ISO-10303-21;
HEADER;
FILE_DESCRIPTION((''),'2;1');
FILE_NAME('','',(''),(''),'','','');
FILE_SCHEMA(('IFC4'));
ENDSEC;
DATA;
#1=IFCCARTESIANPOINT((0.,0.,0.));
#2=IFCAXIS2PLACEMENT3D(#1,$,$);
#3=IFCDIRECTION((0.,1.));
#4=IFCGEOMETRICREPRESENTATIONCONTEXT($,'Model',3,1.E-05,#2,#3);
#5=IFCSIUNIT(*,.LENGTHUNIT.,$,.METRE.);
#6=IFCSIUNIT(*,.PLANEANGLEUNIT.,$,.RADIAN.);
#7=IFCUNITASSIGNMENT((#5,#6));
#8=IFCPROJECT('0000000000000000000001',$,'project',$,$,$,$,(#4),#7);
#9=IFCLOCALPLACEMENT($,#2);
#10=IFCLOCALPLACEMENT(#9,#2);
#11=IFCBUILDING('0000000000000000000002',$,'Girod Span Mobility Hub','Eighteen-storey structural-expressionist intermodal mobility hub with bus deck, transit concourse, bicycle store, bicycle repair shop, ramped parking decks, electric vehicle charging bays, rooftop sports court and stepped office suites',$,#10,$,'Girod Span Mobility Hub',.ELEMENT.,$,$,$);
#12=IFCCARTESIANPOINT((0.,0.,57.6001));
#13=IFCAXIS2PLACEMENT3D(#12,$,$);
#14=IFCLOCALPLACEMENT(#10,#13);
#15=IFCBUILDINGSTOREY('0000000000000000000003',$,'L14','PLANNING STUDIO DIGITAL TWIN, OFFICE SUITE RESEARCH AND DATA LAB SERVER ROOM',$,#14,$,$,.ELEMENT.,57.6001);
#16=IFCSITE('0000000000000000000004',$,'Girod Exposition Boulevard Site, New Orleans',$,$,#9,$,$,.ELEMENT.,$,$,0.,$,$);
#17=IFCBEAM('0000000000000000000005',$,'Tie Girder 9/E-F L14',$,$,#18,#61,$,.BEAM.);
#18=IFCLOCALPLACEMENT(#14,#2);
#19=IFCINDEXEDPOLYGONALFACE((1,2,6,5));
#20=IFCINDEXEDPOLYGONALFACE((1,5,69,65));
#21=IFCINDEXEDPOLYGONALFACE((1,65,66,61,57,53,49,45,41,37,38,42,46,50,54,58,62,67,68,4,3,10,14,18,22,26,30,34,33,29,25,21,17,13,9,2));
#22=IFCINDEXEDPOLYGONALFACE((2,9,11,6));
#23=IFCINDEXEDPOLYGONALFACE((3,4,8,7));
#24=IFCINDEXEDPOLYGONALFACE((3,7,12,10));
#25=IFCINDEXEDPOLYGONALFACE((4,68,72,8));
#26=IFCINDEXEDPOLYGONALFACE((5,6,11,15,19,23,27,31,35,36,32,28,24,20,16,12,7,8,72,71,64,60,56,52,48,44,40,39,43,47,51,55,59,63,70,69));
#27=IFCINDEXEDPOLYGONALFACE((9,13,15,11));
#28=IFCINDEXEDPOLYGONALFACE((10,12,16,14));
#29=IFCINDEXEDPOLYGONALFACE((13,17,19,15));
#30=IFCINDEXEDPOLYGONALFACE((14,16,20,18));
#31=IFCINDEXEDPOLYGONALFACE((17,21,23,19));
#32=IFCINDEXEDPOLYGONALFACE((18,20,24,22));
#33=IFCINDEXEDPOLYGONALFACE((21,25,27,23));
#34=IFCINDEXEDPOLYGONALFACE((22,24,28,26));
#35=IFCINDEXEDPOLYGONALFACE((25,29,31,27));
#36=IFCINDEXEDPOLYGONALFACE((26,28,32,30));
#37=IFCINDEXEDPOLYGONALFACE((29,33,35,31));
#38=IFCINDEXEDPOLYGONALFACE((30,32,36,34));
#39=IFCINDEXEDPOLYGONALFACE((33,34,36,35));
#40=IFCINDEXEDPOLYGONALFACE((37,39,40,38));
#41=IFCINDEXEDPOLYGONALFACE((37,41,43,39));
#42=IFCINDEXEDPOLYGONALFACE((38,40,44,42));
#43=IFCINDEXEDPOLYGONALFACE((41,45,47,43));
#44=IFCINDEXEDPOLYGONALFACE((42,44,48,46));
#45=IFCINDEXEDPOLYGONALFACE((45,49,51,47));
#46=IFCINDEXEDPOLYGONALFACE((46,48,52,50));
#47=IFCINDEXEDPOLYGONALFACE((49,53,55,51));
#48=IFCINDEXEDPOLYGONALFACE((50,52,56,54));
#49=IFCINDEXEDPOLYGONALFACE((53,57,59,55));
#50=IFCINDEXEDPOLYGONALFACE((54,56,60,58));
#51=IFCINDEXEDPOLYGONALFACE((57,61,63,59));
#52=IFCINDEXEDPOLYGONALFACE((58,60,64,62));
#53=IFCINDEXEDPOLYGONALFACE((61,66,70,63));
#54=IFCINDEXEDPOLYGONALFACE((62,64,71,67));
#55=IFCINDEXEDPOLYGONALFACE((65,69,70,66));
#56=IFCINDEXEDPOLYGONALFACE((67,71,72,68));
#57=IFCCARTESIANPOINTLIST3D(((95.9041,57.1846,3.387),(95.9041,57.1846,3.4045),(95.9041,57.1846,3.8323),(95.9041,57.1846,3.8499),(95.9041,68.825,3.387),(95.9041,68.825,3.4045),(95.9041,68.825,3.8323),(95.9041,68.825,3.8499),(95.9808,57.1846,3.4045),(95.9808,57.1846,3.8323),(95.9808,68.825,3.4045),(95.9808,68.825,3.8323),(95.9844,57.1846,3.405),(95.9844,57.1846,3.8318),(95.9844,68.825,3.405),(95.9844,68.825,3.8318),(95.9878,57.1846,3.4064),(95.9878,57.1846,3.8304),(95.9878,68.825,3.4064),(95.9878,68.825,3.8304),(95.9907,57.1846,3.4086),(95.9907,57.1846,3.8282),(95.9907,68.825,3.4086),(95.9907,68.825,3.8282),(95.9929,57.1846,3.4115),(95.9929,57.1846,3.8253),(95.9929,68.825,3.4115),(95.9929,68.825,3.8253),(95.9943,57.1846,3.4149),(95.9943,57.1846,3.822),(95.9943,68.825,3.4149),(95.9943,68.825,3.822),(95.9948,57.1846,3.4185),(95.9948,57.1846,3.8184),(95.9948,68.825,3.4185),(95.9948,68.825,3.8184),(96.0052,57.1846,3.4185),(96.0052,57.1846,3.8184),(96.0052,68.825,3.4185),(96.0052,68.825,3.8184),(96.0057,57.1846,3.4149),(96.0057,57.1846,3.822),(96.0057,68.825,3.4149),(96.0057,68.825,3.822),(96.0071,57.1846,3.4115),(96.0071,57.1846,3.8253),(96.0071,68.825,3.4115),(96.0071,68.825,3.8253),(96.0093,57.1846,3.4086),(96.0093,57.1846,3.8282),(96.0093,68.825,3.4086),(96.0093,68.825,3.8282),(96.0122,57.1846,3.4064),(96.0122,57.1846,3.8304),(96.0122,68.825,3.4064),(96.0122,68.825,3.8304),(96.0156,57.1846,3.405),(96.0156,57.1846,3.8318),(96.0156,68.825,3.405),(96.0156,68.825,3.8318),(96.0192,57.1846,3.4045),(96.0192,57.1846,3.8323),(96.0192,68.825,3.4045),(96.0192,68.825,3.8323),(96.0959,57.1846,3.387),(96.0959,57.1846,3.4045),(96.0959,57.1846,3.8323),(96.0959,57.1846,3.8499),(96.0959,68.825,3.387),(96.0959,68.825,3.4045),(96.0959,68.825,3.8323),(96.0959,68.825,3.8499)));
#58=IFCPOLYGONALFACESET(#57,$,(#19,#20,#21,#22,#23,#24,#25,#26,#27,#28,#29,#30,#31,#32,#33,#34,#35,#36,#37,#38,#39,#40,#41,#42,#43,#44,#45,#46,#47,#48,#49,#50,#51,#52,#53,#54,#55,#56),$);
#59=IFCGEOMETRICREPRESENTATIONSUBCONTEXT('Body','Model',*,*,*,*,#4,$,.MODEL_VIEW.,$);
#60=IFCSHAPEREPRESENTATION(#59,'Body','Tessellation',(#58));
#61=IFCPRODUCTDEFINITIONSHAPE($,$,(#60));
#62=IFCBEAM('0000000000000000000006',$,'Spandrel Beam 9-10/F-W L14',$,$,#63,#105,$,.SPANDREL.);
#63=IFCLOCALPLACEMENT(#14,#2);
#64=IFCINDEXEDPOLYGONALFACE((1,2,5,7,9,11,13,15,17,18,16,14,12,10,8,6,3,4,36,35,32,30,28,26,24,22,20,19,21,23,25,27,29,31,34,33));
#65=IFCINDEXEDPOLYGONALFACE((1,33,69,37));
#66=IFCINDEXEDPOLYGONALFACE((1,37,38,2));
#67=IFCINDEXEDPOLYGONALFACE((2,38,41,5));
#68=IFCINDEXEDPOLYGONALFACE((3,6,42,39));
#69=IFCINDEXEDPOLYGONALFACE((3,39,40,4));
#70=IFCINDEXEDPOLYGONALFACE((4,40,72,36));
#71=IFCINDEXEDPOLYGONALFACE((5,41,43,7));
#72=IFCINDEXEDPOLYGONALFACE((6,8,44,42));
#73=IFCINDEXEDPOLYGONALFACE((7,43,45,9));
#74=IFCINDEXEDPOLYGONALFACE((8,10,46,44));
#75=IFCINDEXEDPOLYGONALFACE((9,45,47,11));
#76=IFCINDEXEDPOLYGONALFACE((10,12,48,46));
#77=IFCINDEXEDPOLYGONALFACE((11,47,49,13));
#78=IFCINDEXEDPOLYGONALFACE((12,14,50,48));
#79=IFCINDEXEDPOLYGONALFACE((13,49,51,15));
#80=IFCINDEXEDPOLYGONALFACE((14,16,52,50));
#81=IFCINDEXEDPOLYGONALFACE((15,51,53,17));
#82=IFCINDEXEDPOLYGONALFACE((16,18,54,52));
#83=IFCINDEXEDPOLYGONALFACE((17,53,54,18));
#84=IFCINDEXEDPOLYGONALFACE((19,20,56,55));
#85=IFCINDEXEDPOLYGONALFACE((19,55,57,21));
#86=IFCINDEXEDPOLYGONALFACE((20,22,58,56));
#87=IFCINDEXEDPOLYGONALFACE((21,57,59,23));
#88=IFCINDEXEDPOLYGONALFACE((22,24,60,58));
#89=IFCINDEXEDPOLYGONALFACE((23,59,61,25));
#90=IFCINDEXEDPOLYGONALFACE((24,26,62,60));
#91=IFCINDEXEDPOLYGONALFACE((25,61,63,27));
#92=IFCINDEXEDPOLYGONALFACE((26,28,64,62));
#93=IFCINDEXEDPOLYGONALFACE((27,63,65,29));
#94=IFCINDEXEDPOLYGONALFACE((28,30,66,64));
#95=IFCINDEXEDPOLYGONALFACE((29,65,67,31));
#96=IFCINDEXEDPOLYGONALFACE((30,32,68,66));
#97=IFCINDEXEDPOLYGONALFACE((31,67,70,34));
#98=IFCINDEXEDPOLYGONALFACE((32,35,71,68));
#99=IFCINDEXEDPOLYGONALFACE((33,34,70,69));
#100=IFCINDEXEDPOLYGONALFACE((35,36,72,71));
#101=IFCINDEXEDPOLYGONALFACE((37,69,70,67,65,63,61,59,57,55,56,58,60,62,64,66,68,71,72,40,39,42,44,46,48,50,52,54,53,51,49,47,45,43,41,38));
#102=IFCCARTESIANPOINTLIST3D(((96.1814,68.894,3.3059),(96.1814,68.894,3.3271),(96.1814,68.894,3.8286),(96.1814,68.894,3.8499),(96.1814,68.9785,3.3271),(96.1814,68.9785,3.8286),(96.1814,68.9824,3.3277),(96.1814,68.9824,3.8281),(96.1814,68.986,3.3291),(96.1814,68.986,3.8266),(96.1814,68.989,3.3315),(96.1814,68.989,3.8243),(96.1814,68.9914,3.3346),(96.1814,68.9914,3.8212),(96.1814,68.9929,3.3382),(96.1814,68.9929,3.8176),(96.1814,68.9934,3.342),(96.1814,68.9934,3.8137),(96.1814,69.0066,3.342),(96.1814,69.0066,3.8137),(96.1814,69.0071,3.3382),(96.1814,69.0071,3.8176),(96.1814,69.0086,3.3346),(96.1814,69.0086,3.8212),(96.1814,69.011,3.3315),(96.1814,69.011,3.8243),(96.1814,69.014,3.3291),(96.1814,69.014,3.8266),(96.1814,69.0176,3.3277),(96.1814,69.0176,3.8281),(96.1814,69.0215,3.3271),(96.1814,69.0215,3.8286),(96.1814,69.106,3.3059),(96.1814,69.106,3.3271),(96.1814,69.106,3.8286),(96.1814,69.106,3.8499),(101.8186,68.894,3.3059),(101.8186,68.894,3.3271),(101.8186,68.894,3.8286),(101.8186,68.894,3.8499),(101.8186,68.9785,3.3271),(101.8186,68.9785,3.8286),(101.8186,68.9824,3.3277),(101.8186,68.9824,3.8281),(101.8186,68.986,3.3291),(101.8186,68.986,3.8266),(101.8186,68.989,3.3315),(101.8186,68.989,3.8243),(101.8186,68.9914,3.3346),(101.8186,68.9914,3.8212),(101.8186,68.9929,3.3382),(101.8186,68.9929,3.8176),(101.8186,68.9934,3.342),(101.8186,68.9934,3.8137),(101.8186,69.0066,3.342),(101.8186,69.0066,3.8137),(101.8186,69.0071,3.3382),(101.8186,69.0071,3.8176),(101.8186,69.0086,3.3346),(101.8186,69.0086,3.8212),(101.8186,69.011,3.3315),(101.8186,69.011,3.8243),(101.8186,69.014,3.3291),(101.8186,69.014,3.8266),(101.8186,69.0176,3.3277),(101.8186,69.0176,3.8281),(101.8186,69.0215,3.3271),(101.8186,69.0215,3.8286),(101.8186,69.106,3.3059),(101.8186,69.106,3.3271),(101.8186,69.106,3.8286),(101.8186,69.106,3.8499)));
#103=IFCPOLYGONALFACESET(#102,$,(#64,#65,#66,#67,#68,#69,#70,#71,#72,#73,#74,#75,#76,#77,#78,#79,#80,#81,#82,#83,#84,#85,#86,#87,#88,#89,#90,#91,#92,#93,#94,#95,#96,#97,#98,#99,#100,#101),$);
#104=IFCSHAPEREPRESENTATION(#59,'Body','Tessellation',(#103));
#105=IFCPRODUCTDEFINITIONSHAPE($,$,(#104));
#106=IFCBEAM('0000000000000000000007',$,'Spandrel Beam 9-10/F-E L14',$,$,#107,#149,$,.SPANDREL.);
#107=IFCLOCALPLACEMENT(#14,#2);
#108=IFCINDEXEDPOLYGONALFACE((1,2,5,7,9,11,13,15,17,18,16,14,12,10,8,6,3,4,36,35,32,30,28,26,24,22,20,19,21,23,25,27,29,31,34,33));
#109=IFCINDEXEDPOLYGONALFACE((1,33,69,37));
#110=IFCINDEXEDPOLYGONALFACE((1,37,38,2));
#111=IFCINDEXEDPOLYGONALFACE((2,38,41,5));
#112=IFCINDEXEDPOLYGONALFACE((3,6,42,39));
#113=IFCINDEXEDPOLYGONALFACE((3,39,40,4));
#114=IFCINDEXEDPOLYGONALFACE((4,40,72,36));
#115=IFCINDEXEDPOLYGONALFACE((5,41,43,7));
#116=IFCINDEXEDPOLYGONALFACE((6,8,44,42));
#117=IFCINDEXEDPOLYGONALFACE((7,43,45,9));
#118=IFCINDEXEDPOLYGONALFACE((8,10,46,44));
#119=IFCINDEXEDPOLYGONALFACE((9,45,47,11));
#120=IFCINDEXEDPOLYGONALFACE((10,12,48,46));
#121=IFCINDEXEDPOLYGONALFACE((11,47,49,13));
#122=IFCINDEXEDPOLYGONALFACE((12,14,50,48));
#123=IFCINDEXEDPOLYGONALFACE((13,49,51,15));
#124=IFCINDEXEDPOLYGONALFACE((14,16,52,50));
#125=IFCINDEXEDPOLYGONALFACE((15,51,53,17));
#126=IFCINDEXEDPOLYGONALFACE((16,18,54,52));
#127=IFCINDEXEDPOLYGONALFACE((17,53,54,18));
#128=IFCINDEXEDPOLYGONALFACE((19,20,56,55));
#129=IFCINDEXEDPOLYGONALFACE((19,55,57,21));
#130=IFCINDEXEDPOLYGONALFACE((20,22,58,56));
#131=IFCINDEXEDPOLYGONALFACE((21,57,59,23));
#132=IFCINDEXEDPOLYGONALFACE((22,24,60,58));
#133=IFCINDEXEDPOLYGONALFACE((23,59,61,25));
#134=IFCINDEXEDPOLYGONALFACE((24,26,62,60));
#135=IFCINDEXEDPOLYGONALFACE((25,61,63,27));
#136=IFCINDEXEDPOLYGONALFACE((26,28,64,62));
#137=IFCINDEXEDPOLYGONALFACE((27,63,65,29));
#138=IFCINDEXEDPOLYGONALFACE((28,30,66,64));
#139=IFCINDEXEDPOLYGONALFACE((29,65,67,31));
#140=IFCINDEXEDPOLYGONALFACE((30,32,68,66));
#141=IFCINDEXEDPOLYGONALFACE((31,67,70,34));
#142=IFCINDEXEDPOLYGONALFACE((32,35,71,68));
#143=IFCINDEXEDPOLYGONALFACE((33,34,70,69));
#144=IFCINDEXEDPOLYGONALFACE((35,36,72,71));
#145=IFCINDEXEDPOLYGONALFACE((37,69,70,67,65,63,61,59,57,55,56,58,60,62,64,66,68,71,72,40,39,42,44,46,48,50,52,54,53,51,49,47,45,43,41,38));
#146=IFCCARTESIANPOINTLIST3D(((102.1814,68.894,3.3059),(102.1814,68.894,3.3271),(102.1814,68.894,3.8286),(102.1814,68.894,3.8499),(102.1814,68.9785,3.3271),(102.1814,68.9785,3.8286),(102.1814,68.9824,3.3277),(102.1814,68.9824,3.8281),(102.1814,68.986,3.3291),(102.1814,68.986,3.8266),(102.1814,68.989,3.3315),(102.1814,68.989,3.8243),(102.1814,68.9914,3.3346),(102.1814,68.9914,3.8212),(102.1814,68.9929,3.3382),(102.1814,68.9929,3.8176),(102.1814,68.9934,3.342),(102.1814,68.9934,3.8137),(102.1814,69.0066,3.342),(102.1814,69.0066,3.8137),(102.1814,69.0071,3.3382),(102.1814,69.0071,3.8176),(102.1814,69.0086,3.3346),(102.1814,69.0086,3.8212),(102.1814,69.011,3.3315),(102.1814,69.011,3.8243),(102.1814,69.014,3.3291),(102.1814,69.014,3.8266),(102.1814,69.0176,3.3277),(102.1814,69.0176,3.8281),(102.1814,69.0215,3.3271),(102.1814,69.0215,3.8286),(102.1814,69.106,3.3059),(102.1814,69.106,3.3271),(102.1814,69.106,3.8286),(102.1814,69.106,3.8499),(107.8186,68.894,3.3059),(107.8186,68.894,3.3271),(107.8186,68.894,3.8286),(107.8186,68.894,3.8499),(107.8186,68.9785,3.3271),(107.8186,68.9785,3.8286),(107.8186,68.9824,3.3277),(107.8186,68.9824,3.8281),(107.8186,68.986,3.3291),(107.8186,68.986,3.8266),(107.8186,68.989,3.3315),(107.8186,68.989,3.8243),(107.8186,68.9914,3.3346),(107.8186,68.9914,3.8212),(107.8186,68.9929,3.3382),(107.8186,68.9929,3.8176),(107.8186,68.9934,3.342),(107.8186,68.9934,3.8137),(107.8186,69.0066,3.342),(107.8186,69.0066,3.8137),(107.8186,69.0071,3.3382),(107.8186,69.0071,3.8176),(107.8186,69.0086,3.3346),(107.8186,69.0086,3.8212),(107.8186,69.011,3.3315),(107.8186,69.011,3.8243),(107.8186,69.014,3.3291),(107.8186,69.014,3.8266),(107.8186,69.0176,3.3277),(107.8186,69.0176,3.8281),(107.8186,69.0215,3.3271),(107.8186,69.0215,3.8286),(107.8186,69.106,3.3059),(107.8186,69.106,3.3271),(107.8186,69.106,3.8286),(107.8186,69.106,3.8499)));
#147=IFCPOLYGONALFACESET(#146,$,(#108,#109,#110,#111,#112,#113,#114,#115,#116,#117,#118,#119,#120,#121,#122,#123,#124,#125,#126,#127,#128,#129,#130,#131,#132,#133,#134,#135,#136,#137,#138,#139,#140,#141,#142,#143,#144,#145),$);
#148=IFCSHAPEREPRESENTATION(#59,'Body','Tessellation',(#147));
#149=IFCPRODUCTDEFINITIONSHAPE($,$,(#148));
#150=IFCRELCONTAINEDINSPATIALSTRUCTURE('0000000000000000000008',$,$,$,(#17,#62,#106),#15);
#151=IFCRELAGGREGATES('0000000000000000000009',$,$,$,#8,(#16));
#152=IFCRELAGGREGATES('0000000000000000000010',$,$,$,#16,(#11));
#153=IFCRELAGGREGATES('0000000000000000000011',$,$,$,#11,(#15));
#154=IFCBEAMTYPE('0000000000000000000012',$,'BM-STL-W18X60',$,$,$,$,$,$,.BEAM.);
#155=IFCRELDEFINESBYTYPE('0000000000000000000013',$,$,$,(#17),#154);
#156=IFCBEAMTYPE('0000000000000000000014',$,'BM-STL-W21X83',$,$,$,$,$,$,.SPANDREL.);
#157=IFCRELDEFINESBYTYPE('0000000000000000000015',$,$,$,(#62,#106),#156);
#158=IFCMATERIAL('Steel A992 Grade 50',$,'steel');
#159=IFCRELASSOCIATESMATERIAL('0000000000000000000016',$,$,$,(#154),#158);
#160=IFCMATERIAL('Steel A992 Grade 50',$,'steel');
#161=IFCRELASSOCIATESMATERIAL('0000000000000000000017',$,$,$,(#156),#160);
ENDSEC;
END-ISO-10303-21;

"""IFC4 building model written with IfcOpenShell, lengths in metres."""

from ifc_helpers import new_model, si_unit, direction, frame, origin, origin_2d, place, context, subcontext, project, spatial, i_section, extrude, material, material_profile, profile_set, type_object, element, save


model = new_model("IFC4")

# Units and contexts
model_context = context("Model", 3, precision=1e-05, world=origin(), true_north=direction((0.0, 1.0)))
body_context = subcontext(model_context, "Body", "Model", "MODEL_VIEW")
ifc_project = project(units=[si_unit("LENGTHUNIT", "METRE"), si_unit("PLANEANGLEUNIT", "RADIAN")], contexts=[model_context])

# Site, building, storey
site_placement = place(None, origin())
site = spatial("IfcSite", under=ifc_project, at=site_placement, Name="Girod Exposition Boulevard Site, New Orleans", CompositionType="ELEMENT", RefElevation=0.0)
building_placement = place(site_placement, origin())
building = spatial("IfcBuilding", under=site, at=building_placement, Name="Girod Span Mobility Hub", Description="Eighteen-storey structural-expressionist intermodal mobility hub with bus deck, transit concourse, bicycle store, bicycle repair shop, ramped parking decks, electric vehicle charging bays, rooftop sports court and stepped office suites", LongName="Girod Span Mobility Hub", CompositionType="ELEMENT")
storey_placement = place(building_placement, frame((0.0, 0.0, 57.6001)))
storey = spatial("IfcBuildingStorey", under=building, at=storey_placement, Name="L14", Description="PLANNING STUDIO DIGITAL TWIN, OFFICE SUITE RESEARCH AND DATA LAB SERVER ROOM", CompositionType="ELEMENT", Elevation=57.6001)

# Beams
ifc_material_1 = material(Name="Steel A992 Grade 50", Category="steel")
ifc_material_profile_1 = material_profile(ifc_material_1, i_section(OverallWidth=0.1919, OverallDepth=0.4629, WebThickness=0.0105, FlangeThickness=0.0176, FilletRadius=0.0139, at=origin_2d()), Name="W18X60")
ifc_profile_set_1 = profile_set([ifc_material_profile_1], Name="Steel A992 Grade 50")
beam_type_1 = type_object("IfcBeamType", Name="BM-STL-W18X60", PredefinedType="BEAM", material=ifc_profile_set_1)
beam_placement = place(storey_placement, frame((96.0, 57.1846, 3.6184), z_axis=(0.0, 1.0, 0.0), x_axis=(-1.0, 0.0, 0.0)))
element("IfcBeam", 1, at=beam_placement, inside=storey, type_object=beam_type_1, Name="Tie Girder 9/E-F L14", PredefinedType="BEAM", context=body_context, shape_type="SweptSolid", body=[
    extrude(i_section(OverallWidth=0.1919, OverallDepth=0.4629, WebThickness=0.0105, FlangeThickness=0.0176, FilletRadius=0.0139, at=origin_2d()), origin(), (0.0, 0.0, 1.0), 11.6404),
])
ifc_material_2 = material(Name="Steel A992 Grade 50", Category="steel")
ifc_material_profile_2 = material_profile(ifc_material_2, i_section(OverallWidth=0.2119, OverallDepth=0.5439, WebThickness=0.0132, FlangeThickness=0.0212, FilletRadius=0.0149, at=origin_2d()), Name="W21X83")
ifc_profile_set_2 = profile_set([ifc_material_profile_2], Name="Steel A992 Grade 50")
beam_type_2 = type_object("IfcBeamType", Name="BM-STL-W21X83", PredefinedType="SPANDREL", material=ifc_profile_set_2)
for number, where, z_axis, x_axis, name in (
    (2, (96.1814, 69.0, 3.5779), (1.0, 0.0, 0.0), (0.0, 1.0, 0.0), "Spandrel Beam 9-10/F-W L14"),
    (3, (102.1814, 69.0, 3.5779), (1.0, 0.0, 0.0), (0.0, 1.0, 0.0), "Spandrel Beam 9-10/F-E L14"),
):
    element("IfcBeam", number, at=place(storey_placement, frame(where, z_axis=z_axis, x_axis=x_axis)), inside=storey, type_object=beam_type_2, Name=name, PredefinedType="SPANDREL", context=body_context, shape_type="SweptSolid", body=[
        extrude(i_section(OverallWidth=0.2119, OverallDepth=0.5439, WebThickness=0.0132, FlangeThickness=0.0212, FilletRadius=0.0149, at=origin_2d()), origin(), (0.0, 0.0, 1.0), 5.6372),
    ])

save(model, "model.ifc")
